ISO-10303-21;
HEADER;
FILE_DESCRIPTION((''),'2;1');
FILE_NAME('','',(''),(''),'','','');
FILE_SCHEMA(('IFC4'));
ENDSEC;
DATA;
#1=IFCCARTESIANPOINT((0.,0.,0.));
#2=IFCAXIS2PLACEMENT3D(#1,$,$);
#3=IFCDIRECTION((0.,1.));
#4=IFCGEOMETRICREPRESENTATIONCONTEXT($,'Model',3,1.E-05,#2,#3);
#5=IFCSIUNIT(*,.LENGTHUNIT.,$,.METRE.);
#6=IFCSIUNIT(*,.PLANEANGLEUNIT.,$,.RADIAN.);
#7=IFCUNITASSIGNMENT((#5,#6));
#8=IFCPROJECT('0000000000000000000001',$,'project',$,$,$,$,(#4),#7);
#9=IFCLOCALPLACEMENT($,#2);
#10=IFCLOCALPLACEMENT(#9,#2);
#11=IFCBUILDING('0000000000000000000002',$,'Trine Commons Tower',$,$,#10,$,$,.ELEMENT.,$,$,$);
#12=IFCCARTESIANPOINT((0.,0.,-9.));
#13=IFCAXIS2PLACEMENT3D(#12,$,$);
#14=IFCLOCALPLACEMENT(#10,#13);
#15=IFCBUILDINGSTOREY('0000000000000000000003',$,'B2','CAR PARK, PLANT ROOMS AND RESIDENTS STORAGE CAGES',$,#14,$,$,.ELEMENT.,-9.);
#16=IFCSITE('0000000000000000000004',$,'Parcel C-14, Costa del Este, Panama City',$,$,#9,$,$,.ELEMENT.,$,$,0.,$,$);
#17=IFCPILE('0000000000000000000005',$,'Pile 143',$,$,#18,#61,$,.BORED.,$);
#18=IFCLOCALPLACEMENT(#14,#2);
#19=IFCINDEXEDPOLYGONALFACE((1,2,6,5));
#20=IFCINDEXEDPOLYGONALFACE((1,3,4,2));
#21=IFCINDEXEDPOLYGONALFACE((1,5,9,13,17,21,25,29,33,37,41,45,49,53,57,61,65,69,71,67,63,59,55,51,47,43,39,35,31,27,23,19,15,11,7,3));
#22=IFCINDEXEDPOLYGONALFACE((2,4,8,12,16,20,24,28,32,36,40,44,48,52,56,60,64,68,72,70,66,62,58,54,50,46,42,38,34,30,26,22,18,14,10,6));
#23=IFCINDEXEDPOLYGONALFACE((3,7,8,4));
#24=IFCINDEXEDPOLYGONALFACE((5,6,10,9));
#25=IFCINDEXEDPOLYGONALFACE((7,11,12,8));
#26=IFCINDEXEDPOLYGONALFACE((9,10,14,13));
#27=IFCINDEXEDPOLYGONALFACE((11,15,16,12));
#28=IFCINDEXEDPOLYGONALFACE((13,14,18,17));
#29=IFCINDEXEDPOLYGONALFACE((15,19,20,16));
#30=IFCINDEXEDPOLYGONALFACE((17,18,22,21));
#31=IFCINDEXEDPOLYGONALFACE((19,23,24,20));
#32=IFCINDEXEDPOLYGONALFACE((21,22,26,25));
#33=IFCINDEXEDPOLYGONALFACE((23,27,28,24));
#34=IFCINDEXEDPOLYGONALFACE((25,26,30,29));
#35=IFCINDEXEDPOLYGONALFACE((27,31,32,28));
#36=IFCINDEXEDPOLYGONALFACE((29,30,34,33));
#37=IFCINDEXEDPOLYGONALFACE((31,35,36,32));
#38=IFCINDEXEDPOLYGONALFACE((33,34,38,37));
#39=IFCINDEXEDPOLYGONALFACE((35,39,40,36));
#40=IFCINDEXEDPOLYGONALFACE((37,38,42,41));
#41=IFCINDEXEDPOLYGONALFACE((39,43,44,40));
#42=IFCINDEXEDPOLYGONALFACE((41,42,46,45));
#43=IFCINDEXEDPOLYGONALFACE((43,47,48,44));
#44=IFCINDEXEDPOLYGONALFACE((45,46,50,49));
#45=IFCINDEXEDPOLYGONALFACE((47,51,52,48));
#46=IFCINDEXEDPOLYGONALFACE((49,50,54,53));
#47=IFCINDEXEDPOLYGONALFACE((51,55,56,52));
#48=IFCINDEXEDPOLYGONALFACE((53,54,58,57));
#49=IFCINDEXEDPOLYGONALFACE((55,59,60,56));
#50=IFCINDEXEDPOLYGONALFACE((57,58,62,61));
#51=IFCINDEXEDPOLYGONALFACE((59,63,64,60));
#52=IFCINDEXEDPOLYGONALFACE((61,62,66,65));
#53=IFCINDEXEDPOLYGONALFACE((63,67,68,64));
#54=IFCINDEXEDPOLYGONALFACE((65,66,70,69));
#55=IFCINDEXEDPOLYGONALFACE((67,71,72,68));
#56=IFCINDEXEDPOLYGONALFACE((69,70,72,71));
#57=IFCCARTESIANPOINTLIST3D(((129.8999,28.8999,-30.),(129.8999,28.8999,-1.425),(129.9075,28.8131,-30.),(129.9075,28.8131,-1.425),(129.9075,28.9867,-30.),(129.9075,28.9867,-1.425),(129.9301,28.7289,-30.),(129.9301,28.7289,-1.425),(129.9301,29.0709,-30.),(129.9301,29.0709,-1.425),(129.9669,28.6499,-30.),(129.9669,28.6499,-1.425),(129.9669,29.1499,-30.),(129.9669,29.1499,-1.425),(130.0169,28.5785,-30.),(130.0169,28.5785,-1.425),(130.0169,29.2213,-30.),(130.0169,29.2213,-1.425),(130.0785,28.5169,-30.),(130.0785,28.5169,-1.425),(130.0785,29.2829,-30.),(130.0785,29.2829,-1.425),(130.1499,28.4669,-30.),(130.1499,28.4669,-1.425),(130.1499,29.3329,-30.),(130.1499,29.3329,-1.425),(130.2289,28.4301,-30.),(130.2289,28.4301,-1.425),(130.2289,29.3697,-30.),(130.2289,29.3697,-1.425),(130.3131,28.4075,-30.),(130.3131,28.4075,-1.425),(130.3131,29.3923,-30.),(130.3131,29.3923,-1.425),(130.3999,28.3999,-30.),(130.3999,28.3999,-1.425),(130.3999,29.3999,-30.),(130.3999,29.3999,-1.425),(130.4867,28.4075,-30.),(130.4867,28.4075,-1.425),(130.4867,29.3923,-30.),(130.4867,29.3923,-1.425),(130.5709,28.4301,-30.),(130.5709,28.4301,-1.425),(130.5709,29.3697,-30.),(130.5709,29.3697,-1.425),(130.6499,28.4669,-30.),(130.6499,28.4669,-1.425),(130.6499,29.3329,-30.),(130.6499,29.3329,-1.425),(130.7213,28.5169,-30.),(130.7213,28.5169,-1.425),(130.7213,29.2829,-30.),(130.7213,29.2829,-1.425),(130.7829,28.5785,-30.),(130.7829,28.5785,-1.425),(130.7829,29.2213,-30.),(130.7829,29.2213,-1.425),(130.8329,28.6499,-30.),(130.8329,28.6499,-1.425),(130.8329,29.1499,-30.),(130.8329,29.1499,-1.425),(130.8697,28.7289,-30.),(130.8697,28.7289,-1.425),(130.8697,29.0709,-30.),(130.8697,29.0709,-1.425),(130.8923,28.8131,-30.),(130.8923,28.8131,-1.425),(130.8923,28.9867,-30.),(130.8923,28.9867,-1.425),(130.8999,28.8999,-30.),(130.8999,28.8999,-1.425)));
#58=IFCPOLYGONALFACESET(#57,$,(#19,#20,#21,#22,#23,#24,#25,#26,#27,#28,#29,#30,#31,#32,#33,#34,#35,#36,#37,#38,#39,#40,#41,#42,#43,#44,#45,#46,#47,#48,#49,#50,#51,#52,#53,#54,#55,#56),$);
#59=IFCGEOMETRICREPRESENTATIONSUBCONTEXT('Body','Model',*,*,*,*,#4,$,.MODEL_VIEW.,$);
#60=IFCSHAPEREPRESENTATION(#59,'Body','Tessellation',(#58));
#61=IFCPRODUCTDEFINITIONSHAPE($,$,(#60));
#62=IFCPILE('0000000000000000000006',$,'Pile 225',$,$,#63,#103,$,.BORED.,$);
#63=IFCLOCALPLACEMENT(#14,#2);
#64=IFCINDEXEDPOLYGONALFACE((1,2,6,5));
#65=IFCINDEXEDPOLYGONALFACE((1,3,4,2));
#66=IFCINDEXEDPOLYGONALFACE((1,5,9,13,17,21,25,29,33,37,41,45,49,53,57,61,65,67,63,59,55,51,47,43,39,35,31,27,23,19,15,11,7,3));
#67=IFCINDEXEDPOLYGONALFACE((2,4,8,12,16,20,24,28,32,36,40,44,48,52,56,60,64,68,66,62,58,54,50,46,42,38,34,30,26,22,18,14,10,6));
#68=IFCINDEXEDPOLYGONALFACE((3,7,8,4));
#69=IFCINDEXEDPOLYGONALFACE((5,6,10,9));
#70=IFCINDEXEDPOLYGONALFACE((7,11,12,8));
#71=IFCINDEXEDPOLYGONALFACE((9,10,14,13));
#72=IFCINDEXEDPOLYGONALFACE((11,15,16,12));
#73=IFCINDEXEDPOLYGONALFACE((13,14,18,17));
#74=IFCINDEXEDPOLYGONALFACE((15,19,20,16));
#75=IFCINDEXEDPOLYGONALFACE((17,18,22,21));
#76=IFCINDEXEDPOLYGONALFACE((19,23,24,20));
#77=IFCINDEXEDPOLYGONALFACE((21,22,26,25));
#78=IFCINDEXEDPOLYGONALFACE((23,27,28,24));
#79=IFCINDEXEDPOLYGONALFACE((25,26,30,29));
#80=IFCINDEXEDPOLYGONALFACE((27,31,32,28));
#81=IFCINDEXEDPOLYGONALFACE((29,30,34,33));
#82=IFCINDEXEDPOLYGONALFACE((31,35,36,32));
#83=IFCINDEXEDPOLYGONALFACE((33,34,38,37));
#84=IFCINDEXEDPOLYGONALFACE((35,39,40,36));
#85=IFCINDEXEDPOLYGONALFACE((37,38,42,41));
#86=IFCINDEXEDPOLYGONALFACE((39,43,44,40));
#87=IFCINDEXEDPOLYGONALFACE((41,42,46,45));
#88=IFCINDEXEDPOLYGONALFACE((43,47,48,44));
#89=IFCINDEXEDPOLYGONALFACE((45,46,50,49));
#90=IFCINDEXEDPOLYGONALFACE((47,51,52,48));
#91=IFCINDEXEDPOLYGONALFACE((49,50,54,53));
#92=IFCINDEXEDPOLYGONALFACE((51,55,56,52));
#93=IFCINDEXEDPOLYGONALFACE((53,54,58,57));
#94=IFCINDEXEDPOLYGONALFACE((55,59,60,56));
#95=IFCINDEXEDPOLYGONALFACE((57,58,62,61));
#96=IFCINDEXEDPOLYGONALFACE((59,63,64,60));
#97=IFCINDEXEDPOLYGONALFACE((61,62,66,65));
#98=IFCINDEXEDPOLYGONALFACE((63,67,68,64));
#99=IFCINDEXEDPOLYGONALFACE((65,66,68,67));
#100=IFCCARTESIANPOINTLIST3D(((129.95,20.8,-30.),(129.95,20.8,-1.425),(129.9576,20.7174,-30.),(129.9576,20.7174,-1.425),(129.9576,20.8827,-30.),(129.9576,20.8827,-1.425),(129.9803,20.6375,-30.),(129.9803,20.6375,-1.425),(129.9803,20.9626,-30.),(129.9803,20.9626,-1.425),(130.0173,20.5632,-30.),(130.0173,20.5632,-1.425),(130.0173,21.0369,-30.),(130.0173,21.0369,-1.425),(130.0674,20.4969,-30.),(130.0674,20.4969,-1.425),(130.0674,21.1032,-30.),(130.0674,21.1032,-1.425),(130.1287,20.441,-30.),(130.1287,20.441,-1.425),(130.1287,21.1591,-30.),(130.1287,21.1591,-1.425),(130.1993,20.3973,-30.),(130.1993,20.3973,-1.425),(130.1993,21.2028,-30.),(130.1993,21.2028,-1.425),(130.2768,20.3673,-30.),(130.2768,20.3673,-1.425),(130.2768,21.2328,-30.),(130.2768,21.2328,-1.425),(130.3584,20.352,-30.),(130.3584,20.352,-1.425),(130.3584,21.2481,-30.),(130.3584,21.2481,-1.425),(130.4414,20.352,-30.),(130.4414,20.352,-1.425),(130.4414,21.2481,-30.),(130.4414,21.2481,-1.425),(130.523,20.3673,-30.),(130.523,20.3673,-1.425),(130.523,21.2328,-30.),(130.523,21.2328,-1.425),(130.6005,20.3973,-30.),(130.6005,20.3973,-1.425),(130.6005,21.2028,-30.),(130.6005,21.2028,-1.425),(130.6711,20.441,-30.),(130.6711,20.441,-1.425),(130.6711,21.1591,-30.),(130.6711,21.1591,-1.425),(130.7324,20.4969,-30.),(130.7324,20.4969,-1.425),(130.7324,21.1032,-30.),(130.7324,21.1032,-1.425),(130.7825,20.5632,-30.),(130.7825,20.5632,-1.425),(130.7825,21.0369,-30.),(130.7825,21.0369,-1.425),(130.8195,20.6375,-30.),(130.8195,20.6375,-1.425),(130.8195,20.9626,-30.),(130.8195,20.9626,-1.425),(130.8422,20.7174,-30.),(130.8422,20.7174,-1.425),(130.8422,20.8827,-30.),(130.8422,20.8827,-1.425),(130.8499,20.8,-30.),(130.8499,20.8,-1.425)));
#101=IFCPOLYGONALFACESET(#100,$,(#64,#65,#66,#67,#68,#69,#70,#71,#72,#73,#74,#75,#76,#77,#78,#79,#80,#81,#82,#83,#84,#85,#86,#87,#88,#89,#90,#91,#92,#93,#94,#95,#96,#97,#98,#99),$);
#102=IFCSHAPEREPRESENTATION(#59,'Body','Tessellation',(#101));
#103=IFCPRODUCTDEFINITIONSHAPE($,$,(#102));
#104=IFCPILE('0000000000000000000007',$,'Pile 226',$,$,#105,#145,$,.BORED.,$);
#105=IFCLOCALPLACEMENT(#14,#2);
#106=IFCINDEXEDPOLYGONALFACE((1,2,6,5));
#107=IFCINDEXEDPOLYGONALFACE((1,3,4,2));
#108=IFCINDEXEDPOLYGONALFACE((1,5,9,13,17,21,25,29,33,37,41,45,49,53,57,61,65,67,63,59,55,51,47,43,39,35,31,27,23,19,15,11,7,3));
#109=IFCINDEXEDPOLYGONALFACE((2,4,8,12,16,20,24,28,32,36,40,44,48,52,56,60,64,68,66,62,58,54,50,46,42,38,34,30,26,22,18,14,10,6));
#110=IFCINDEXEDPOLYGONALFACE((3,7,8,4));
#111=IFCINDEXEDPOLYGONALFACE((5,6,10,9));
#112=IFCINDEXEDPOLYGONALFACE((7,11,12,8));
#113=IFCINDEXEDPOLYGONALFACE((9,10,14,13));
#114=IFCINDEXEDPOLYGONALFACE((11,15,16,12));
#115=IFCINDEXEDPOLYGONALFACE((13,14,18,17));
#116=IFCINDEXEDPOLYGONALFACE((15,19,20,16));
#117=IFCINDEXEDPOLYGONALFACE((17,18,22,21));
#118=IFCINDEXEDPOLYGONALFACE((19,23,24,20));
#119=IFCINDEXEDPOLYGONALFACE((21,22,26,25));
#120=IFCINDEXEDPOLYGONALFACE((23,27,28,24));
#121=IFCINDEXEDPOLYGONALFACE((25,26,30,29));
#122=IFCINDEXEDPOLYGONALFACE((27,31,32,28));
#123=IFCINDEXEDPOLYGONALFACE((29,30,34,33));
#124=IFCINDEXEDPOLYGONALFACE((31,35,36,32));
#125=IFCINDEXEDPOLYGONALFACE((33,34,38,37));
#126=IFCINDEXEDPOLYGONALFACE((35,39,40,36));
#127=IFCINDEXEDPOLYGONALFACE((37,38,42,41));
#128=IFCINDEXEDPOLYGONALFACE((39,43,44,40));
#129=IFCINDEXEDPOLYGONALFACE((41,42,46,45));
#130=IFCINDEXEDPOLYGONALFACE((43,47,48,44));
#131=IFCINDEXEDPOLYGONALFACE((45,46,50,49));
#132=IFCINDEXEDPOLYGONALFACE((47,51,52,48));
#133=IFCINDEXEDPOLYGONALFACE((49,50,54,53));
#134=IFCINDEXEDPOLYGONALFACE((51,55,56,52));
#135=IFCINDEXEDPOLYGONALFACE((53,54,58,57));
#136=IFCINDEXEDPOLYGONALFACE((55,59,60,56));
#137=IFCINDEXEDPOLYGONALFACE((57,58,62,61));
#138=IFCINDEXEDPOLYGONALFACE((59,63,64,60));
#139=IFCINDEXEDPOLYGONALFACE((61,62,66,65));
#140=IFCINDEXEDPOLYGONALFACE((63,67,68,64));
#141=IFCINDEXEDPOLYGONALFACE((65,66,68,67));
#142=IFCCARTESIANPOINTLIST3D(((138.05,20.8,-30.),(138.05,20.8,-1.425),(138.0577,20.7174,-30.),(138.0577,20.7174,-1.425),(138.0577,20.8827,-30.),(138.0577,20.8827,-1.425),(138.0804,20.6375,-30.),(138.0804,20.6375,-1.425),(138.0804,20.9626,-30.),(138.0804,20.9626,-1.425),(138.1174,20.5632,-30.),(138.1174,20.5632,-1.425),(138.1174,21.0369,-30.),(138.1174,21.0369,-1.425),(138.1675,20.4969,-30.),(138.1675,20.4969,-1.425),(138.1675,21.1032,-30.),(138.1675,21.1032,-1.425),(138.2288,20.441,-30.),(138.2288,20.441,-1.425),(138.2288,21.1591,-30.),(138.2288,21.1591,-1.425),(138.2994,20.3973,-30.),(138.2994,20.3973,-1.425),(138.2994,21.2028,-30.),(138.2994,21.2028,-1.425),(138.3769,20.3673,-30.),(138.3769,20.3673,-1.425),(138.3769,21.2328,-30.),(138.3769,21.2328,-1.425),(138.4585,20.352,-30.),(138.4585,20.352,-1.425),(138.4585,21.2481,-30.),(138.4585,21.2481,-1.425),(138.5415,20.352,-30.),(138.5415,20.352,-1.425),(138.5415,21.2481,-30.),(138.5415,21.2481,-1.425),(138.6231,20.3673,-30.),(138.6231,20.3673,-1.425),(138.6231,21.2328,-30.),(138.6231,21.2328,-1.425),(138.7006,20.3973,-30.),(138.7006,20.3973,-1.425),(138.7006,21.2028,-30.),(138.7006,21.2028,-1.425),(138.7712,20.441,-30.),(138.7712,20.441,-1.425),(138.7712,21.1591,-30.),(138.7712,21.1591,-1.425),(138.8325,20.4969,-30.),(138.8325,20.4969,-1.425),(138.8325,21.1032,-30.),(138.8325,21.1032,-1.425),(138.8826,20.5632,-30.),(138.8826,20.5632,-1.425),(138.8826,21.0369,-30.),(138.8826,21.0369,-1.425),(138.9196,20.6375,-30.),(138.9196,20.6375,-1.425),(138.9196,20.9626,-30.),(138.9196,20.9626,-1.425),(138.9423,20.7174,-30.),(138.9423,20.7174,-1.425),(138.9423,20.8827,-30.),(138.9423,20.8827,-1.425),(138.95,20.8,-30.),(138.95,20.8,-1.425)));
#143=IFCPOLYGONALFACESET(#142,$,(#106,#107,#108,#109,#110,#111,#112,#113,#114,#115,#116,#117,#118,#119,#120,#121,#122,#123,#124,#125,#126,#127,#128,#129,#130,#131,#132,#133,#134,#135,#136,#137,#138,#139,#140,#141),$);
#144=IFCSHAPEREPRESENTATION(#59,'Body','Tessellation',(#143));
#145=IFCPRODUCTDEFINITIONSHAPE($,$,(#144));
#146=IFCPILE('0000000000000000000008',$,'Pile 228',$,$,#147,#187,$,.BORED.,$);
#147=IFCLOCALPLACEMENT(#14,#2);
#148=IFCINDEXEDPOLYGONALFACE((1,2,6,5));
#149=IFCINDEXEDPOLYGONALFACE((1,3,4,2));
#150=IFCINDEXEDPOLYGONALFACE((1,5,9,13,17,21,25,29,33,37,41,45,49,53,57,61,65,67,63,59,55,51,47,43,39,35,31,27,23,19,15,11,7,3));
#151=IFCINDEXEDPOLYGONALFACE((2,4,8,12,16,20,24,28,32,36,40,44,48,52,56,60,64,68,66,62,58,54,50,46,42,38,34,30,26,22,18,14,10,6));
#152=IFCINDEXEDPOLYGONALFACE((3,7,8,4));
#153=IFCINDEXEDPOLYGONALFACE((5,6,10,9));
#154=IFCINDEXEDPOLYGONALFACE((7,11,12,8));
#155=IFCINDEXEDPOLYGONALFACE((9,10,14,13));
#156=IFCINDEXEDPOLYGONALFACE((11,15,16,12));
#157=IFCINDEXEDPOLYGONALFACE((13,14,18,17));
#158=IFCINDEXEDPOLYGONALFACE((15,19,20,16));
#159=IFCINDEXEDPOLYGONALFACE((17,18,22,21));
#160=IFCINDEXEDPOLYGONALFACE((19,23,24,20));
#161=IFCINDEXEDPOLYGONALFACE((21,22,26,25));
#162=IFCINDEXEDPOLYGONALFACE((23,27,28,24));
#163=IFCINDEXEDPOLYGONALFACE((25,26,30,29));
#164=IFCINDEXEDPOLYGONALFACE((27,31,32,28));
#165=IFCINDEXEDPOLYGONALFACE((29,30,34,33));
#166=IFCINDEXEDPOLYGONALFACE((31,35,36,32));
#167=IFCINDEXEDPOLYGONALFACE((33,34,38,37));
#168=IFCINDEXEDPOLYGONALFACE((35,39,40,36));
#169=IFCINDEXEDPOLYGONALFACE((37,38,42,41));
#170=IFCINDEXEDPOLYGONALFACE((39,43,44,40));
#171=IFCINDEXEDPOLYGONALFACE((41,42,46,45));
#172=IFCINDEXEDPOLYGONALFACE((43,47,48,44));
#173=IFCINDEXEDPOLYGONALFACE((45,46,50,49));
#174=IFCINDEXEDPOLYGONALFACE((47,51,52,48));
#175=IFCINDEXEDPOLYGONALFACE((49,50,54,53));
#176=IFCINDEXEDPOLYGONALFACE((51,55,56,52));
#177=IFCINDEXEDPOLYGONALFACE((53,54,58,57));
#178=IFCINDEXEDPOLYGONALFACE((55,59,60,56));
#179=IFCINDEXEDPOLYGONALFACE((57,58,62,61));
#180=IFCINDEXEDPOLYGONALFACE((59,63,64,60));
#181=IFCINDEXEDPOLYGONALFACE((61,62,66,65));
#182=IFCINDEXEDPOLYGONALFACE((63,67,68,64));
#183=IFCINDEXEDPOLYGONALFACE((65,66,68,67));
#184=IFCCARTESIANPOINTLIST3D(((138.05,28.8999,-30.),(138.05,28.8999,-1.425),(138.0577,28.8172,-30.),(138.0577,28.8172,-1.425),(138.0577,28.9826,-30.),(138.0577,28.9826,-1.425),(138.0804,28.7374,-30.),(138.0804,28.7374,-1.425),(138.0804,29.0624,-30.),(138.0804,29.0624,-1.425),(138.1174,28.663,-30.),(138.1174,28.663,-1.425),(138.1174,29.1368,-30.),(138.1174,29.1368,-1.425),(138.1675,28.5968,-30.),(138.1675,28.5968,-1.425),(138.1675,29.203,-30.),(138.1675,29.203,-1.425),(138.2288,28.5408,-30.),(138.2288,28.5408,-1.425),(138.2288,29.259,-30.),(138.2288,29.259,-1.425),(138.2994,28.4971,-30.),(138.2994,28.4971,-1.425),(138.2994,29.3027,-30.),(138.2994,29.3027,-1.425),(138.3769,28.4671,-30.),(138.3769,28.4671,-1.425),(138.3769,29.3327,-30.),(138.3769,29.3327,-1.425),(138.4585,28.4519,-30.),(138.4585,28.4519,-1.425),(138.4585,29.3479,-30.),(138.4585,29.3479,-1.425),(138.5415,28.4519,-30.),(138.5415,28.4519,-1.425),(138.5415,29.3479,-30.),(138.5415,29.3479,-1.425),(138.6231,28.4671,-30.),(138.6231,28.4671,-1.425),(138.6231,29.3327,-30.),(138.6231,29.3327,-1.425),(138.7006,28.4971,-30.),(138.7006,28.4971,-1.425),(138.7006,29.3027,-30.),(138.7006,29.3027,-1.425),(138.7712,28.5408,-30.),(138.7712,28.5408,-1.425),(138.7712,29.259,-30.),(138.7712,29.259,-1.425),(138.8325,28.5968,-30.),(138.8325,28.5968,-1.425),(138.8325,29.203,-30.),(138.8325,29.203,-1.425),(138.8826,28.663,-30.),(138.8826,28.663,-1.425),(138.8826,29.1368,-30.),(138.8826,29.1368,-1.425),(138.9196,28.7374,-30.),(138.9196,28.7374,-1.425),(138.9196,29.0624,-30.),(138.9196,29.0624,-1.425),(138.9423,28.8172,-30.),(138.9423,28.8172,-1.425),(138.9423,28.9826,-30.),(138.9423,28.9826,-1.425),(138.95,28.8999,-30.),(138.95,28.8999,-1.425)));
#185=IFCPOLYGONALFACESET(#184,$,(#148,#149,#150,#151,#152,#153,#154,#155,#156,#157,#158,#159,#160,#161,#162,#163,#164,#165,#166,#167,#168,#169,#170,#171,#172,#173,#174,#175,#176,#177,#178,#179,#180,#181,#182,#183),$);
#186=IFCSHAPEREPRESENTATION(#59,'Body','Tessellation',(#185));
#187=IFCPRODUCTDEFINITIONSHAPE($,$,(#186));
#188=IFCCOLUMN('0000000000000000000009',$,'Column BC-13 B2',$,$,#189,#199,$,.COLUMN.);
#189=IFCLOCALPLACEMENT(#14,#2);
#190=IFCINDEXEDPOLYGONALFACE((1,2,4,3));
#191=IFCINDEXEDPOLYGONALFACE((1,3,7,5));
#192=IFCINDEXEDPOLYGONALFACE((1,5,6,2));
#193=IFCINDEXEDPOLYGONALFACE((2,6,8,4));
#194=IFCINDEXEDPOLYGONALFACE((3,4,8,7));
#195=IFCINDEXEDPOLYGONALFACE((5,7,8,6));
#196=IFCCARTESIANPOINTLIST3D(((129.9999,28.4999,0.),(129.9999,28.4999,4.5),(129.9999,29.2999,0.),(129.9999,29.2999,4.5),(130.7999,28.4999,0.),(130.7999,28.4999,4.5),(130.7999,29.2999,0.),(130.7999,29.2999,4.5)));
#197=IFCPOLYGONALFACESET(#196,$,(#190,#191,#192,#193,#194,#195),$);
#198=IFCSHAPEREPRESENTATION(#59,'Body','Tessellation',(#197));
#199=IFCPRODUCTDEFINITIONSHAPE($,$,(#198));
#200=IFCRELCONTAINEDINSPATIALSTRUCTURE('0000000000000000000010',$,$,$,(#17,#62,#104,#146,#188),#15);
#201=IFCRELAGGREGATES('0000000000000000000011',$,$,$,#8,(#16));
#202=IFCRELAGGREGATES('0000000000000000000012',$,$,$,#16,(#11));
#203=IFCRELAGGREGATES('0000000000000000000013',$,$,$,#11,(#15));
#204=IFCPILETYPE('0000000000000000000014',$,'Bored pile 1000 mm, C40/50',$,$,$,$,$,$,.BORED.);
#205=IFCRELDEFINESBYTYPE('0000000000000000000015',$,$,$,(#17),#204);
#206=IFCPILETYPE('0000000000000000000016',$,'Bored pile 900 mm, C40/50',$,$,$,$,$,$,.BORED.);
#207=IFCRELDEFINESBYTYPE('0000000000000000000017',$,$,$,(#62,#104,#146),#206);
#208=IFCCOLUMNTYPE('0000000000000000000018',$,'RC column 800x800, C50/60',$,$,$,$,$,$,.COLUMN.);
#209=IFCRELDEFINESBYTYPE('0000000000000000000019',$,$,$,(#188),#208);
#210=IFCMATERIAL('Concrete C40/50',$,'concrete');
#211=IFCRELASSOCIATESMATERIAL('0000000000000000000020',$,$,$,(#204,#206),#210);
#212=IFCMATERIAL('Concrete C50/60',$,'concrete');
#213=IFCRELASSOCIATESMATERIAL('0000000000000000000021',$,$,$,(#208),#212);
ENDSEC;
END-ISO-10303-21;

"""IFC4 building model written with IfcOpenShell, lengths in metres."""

from ifc_helpers import new_model, si_unit, direction, frame, origin, origin_2d, place, context, subcontext, project, spatial, rectangle, circle, extrude, material, material_profile, profile_set, type_object, element, save


model = new_model("IFC4")

# Units and contexts
model_context = context("Model", 3, precision=1e-05, world=origin(), true_north=direction((0.0, 1.0)))
body_context = subcontext(model_context, "Body", "Model", "MODEL_VIEW")
ifc_project = project(units=[si_unit("LENGTHUNIT", "METRE"), si_unit("PLANEANGLEUNIT", "RADIAN")], contexts=[model_context])

# Site, building, storey
site_placement = place(None, origin())
site = spatial("IfcSite", under=ifc_project, at=site_placement, Name="Parcel C-14, Costa del Este, Panama City", CompositionType="ELEMENT", RefElevation=0.0)
building_placement = place(site_placement, origin())
building = spatial("IfcBuilding", under=site, at=building_placement, Name="Trine Commons Tower", CompositionType="ELEMENT")
storey_placement = place(building_placement, frame((0.0, 0.0, -9.0)))
storey = spatial("IfcBuildingStorey", under=building, at=storey_placement, Name="B2", Description="CAR PARK, PLANT ROOMS AND RESIDENTS STORAGE CAGES", CompositionType="ELEMENT", Elevation=-9.0)

# Piles
ifc_material_1 = material(Name="Concrete C40/50", Category="concrete")
pile_type_1 = type_object("IfcPileType", Name="Bored pile 1000 mm, C40/50", PredefinedType="BORED", material=ifc_material_1)
pile_placement = place(storey_placement, frame((130.3999, 28.8999, -1.425), z_axis=(0.0, 0.0, -1.0), x_axis=(1.0, 0.0, 0.0)))
element("IfcPile", 1, at=pile_placement, inside=storey, type_object=pile_type_1, Name="Pile 143", PredefinedType="BORED", context=body_context, shape_type="SweptSolid", body=[
    extrude(circle(Radius=0.5, at=origin_2d()), origin(), (0.0, 0.0, 1.0), 28.575),
])
pile_type_2 = type_object("IfcPileType", Name="Bored pile 900 mm, C40/50", PredefinedType="BORED", material=ifc_material_1)
for number, where, z_axis, x_axis, name in (
    (2, (130.3999, 20.8, -1.425), (0.0, 0.0, -1.0), (1.0, 0.0, 0.0), "Pile 225"),
    (3, (138.5, 20.8, -1.425), (0.0, 0.0, -1.0), (1.0, 0.0, 0.0), "Pile 226"),
    (4, (138.5, 28.8999, -1.425), (0.0, 0.0, -1.0), (1.0, 0.0, 0.0), "Pile 228"),
):
    element("IfcPile", number, at=place(storey_placement, frame(where, z_axis=z_axis, x_axis=x_axis)), inside=storey, type_object=pile_type_2, Name=name, PredefinedType="BORED", context=body_context, shape_type="SweptSolid", body=[
        extrude(circle(Radius=0.45, at=origin_2d()), origin(), (0.0, 0.0, 1.0), 28.575),
    ])

# Column
ifc_material_2 = material(Name="Concrete C50/60", Category="concrete")
ifc_material_profile = material_profile(ifc_material_2, rectangle(XDim=0.8, YDim=0.8, at=origin_2d()), Name="RC 800x800")
ifc_profile_set = profile_set([ifc_material_profile], Name="Concrete C50/60")
column_type = type_object("IfcColumnType", Name="RC column 800x800, C50/60", PredefinedType="COLUMN", material=ifc_profile_set)
column_placement = place(storey_placement, frame((130.3999, 28.8999, 0.0), z_axis=(0.0, 0.0, 1.0), x_axis=(1.0, 0.0, 0.0)))
element("IfcColumn", 5, at=column_placement, inside=storey, type_object=column_type, Name="Column BC-13 B2", PredefinedType="COLUMN", context=body_context, shape_type="SweptSolid", body=[
    extrude(rectangle(XDim=0.8, YDim=0.8, at=origin_2d()), origin(), (0.0, 0.0, 1.0), 4.5),
])

save(model, "model.ifc")
